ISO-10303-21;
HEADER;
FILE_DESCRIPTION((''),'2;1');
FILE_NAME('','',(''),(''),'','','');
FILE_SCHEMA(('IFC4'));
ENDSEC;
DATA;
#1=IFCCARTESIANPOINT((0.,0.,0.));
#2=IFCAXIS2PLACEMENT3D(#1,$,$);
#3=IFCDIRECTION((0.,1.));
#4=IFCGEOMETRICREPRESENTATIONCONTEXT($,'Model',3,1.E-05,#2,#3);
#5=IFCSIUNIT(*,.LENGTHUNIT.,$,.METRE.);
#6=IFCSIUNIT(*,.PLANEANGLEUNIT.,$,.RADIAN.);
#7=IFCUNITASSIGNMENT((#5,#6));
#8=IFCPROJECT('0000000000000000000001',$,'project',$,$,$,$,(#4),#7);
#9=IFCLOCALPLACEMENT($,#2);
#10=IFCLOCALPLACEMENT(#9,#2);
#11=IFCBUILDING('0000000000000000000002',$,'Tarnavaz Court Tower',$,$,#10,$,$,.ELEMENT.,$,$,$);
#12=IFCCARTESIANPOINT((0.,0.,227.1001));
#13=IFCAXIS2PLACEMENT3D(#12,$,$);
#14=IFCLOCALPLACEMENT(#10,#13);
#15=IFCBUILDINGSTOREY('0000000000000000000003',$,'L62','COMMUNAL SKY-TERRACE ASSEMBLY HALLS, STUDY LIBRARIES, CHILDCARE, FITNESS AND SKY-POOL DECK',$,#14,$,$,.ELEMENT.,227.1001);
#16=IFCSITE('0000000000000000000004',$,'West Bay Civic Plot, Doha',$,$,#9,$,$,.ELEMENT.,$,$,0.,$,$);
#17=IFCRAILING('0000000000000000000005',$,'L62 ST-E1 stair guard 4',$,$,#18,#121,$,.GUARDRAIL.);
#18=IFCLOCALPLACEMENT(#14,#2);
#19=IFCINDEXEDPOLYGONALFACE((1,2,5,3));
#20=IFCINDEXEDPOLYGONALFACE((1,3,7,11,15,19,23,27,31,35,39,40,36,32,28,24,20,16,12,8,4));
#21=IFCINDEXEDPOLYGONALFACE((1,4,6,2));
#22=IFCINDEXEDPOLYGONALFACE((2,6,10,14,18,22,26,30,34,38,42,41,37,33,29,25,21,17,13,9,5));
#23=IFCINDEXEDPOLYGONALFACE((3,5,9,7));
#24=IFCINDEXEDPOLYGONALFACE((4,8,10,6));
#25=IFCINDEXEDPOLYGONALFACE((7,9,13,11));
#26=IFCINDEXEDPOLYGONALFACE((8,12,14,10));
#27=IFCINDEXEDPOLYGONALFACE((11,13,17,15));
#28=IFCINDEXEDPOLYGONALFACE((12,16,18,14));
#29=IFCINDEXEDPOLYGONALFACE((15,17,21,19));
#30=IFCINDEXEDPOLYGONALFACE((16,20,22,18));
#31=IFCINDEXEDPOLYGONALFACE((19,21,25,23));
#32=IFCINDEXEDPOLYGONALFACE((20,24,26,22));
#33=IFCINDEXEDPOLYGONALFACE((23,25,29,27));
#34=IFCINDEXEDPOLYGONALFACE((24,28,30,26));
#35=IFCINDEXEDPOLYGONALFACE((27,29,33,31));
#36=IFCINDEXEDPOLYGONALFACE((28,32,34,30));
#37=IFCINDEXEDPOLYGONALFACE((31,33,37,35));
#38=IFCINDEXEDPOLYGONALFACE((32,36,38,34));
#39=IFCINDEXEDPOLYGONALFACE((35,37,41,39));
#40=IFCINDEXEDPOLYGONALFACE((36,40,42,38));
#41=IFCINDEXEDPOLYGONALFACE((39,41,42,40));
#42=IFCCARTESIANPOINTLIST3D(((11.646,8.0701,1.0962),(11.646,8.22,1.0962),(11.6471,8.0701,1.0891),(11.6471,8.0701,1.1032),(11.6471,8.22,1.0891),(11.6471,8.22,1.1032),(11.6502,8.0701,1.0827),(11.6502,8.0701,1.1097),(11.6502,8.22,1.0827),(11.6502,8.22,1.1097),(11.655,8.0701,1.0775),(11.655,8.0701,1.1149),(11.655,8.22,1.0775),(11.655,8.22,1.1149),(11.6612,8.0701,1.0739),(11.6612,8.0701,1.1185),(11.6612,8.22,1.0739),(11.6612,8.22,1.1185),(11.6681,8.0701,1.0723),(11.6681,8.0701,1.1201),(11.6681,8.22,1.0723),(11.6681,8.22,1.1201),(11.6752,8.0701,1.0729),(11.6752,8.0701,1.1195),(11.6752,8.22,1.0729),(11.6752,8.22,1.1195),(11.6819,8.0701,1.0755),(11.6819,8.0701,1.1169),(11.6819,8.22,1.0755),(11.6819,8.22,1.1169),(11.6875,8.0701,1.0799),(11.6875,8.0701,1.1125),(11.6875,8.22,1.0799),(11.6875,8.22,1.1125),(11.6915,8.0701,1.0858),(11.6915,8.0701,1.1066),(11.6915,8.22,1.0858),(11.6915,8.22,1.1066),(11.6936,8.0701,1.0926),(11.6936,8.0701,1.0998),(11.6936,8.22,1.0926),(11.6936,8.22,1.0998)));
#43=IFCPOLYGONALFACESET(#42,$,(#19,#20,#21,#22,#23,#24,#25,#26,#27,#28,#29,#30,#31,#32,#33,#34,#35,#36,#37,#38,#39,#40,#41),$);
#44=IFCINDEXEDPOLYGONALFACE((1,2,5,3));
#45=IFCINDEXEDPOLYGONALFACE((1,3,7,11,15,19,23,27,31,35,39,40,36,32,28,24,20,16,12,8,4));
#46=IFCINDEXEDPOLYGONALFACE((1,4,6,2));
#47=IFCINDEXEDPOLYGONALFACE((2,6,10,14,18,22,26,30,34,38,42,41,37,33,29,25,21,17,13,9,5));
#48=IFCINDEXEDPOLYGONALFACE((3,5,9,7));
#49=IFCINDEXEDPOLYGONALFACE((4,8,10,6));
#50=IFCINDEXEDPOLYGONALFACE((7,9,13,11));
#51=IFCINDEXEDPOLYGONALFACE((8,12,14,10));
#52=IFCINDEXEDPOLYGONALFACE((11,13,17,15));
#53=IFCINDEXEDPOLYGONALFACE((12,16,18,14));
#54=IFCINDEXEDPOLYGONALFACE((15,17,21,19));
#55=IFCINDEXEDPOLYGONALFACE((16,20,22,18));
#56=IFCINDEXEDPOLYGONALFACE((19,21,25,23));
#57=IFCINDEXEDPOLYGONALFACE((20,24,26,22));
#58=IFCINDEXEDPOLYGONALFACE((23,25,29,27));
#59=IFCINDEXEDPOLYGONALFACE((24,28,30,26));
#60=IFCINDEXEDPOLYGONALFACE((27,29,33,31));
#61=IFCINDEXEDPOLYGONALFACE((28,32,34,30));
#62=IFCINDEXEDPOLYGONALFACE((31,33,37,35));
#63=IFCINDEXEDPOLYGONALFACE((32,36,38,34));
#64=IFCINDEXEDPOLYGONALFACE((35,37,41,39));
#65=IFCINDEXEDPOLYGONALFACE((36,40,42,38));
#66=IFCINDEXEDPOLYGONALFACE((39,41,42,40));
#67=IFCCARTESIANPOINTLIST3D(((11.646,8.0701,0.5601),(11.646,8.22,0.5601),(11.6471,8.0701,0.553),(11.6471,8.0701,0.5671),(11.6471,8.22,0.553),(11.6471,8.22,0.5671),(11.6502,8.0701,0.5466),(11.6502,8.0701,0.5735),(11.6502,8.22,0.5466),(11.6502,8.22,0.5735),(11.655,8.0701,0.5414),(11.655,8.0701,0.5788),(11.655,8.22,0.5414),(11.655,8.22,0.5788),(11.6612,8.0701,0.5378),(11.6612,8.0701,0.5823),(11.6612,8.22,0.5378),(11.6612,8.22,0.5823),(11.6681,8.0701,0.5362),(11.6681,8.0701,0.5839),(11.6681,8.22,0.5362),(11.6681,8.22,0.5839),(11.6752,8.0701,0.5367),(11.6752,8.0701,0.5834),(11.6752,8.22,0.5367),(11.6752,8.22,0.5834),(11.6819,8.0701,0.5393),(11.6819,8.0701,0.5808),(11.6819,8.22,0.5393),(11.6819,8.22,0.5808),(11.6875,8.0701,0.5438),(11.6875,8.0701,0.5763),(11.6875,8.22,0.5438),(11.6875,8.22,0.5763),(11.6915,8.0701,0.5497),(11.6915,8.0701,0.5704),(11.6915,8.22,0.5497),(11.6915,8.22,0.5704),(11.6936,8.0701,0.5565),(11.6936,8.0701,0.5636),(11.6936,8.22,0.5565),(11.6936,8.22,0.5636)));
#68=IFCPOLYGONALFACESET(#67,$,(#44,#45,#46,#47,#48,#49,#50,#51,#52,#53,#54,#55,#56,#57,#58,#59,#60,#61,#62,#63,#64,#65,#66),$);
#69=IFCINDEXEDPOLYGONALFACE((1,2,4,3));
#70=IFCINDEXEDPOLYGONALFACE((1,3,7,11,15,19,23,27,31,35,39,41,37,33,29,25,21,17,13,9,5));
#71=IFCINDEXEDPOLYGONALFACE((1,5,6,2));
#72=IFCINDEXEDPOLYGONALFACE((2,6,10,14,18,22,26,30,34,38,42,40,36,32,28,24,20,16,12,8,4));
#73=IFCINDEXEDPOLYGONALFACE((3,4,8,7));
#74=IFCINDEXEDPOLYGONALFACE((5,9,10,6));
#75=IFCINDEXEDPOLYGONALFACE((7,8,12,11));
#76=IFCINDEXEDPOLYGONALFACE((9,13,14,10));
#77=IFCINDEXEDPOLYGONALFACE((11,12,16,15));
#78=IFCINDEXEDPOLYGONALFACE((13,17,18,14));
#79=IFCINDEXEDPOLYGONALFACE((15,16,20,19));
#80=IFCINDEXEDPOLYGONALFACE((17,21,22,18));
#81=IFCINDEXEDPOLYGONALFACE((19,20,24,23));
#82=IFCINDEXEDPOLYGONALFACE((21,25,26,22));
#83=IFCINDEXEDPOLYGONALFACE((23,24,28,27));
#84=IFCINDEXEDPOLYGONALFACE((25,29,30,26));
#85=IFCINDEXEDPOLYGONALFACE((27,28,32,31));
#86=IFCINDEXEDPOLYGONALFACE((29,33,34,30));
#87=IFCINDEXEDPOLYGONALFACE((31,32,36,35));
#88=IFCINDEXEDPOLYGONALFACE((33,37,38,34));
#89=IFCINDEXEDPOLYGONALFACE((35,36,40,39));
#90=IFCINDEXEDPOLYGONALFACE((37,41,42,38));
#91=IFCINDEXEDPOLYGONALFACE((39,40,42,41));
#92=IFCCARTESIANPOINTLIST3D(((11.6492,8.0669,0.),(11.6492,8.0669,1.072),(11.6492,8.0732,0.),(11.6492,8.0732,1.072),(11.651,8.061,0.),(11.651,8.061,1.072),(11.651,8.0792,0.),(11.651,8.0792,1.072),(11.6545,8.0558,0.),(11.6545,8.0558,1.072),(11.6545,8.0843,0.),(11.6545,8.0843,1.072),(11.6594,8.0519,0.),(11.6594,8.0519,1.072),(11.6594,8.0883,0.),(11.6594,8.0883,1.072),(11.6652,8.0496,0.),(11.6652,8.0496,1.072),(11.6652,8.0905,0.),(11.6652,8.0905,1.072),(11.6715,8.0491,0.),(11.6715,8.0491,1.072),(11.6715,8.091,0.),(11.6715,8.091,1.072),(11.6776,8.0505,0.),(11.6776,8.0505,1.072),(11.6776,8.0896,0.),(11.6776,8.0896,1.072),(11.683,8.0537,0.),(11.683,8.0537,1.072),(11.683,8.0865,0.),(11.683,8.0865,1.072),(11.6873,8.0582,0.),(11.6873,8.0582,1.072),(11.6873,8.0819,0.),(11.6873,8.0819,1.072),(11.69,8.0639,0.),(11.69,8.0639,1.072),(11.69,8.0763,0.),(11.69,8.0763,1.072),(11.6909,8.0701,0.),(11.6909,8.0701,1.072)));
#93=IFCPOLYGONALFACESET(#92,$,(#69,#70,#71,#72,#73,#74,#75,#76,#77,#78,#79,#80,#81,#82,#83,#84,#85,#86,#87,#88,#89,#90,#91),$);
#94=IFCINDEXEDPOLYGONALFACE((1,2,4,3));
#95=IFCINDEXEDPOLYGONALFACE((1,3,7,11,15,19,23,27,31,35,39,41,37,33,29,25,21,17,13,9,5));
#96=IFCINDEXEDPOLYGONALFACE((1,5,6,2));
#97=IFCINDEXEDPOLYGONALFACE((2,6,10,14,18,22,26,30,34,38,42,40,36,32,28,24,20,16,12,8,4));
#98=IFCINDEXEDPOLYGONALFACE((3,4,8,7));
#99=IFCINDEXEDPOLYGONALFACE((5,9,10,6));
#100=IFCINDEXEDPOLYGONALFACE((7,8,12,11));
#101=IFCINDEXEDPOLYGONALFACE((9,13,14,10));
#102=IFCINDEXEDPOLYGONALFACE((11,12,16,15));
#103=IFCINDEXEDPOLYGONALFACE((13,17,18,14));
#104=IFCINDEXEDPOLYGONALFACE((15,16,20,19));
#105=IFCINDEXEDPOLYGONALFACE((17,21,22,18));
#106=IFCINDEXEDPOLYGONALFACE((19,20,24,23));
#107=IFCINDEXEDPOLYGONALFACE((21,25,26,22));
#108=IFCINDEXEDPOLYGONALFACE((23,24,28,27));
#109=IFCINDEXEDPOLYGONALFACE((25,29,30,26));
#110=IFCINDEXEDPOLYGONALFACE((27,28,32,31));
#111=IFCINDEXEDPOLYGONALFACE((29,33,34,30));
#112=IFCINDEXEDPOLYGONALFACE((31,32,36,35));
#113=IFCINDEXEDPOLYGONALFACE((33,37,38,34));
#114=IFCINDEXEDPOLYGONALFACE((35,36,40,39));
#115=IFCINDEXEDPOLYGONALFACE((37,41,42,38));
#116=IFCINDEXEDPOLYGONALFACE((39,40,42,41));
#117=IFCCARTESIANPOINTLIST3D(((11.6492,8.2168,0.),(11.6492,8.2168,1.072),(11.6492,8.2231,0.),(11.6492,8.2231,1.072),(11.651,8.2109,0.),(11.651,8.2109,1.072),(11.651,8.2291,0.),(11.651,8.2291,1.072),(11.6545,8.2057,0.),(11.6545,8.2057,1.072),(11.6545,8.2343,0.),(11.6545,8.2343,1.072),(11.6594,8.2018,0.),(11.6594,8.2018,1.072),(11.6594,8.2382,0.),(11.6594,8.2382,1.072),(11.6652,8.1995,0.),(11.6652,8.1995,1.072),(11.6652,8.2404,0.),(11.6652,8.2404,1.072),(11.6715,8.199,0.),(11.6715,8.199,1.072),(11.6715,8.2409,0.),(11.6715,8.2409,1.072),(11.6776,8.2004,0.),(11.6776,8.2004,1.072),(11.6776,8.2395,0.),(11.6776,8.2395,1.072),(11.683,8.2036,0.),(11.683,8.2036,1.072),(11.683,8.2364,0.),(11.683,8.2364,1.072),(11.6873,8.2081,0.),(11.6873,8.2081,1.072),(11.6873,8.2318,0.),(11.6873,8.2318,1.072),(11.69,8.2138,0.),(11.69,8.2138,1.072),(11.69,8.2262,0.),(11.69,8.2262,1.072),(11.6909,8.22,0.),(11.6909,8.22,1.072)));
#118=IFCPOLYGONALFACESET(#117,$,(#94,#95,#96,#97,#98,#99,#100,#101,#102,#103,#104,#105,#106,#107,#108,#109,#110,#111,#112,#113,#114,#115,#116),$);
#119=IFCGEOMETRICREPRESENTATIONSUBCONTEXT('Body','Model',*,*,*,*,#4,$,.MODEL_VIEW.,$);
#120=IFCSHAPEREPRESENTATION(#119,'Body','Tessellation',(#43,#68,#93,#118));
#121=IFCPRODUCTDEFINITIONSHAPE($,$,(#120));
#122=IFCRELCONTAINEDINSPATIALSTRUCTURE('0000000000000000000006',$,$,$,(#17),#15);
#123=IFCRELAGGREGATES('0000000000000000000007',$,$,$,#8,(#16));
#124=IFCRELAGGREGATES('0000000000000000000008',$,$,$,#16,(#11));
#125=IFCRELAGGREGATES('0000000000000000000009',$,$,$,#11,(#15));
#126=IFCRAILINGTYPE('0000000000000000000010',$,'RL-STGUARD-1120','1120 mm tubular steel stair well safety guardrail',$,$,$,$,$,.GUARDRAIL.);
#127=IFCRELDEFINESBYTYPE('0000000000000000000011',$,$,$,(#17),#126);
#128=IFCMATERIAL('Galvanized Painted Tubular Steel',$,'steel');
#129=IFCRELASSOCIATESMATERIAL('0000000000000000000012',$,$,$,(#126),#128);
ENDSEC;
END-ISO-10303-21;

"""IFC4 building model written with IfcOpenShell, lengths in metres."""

from ifc_helpers import new_model, si_unit, direction, frame, origin, origin_2d, place, context, subcontext, project, spatial, circle, extrude, material, type_object, element, save


model = new_model("IFC4")

# Units and contexts
model_context = context("Model", 3, precision=1e-05, world=origin(), true_north=direction((0.0, 1.0)))
body_context = subcontext(model_context, "Body", "Model", "MODEL_VIEW")
ifc_project = project(units=[si_unit("LENGTHUNIT", "METRE"), si_unit("PLANEANGLEUNIT", "RADIAN")], contexts=[model_context])

# Site, building, storey
site_placement = place(None, origin())
site = spatial("IfcSite", under=ifc_project, at=site_placement, Name="West Bay Civic Plot, Doha", CompositionType="ELEMENT", RefElevation=0.0)
building_placement = place(site_placement, origin())
building = spatial("IfcBuilding", under=site, at=building_placement, Name="Tarnavaz Court Tower", CompositionType="ELEMENT")
storey_placement = place(building_placement, frame((0.0, 0.0, 227.1001)))
storey = spatial("IfcBuildingStorey", under=building, at=storey_placement, Name="L62", Description="COMMUNAL SKY-TERRACE ASSEMBLY HALLS, STUDY LIBRARIES, CHILDCARE, FITNESS AND SKY-POOL DECK", CompositionType="ELEMENT", Elevation=227.1001)

# Railing
ifc_material_1 = material(Name="Galvanized Painted Tubular Steel", Category="steel")
railing_type_1 = type_object("IfcRailingType", Name="RL-STGUARD-1120", Description="1120 mm tubular steel stair well safety guardrail", PredefinedType="GUARDRAIL", material=ifc_material_1)
railing_1_placement = place(storey_placement, frame((11.6699, 8.0701, 0.0)))
element("IfcRailing", 1, at=railing_1_placement, inside=storey, type_object=railing_type_1, Name="L62 ST-E1 stair guard 4", PredefinedType="GUARDRAIL", context=body_context, shape_type="SweptSolid", body=[
    extrude(circle(Radius=0.0239, at=origin_2d()), frame((0.0, 0.0, 1.0962), z_axis=(0.0, 1.0, 0.0), x_axis=(-1.0, 0.0, 0.0)), (0.0, 0.0, 1.0), 0.1499),
    extrude(circle(Radius=0.0239, at=origin_2d()), frame((0.0, 0.0, 0.5601), z_axis=(0.0, 1.0, 0.0), x_axis=(-1.0, 0.0, 0.0)), (0.0, 0.0, 1.0), 0.1499),
    extrude(circle(Radius=0.021, at=origin_2d()), origin(), (0.0, 0.0, 1.0), 1.072),
    extrude(circle(Radius=0.021, at=origin_2d()), frame((0.0, 0.1499, 0.0)), (0.0, 0.0, 1.0), 1.072),
])

save(model, "model.ifc")
